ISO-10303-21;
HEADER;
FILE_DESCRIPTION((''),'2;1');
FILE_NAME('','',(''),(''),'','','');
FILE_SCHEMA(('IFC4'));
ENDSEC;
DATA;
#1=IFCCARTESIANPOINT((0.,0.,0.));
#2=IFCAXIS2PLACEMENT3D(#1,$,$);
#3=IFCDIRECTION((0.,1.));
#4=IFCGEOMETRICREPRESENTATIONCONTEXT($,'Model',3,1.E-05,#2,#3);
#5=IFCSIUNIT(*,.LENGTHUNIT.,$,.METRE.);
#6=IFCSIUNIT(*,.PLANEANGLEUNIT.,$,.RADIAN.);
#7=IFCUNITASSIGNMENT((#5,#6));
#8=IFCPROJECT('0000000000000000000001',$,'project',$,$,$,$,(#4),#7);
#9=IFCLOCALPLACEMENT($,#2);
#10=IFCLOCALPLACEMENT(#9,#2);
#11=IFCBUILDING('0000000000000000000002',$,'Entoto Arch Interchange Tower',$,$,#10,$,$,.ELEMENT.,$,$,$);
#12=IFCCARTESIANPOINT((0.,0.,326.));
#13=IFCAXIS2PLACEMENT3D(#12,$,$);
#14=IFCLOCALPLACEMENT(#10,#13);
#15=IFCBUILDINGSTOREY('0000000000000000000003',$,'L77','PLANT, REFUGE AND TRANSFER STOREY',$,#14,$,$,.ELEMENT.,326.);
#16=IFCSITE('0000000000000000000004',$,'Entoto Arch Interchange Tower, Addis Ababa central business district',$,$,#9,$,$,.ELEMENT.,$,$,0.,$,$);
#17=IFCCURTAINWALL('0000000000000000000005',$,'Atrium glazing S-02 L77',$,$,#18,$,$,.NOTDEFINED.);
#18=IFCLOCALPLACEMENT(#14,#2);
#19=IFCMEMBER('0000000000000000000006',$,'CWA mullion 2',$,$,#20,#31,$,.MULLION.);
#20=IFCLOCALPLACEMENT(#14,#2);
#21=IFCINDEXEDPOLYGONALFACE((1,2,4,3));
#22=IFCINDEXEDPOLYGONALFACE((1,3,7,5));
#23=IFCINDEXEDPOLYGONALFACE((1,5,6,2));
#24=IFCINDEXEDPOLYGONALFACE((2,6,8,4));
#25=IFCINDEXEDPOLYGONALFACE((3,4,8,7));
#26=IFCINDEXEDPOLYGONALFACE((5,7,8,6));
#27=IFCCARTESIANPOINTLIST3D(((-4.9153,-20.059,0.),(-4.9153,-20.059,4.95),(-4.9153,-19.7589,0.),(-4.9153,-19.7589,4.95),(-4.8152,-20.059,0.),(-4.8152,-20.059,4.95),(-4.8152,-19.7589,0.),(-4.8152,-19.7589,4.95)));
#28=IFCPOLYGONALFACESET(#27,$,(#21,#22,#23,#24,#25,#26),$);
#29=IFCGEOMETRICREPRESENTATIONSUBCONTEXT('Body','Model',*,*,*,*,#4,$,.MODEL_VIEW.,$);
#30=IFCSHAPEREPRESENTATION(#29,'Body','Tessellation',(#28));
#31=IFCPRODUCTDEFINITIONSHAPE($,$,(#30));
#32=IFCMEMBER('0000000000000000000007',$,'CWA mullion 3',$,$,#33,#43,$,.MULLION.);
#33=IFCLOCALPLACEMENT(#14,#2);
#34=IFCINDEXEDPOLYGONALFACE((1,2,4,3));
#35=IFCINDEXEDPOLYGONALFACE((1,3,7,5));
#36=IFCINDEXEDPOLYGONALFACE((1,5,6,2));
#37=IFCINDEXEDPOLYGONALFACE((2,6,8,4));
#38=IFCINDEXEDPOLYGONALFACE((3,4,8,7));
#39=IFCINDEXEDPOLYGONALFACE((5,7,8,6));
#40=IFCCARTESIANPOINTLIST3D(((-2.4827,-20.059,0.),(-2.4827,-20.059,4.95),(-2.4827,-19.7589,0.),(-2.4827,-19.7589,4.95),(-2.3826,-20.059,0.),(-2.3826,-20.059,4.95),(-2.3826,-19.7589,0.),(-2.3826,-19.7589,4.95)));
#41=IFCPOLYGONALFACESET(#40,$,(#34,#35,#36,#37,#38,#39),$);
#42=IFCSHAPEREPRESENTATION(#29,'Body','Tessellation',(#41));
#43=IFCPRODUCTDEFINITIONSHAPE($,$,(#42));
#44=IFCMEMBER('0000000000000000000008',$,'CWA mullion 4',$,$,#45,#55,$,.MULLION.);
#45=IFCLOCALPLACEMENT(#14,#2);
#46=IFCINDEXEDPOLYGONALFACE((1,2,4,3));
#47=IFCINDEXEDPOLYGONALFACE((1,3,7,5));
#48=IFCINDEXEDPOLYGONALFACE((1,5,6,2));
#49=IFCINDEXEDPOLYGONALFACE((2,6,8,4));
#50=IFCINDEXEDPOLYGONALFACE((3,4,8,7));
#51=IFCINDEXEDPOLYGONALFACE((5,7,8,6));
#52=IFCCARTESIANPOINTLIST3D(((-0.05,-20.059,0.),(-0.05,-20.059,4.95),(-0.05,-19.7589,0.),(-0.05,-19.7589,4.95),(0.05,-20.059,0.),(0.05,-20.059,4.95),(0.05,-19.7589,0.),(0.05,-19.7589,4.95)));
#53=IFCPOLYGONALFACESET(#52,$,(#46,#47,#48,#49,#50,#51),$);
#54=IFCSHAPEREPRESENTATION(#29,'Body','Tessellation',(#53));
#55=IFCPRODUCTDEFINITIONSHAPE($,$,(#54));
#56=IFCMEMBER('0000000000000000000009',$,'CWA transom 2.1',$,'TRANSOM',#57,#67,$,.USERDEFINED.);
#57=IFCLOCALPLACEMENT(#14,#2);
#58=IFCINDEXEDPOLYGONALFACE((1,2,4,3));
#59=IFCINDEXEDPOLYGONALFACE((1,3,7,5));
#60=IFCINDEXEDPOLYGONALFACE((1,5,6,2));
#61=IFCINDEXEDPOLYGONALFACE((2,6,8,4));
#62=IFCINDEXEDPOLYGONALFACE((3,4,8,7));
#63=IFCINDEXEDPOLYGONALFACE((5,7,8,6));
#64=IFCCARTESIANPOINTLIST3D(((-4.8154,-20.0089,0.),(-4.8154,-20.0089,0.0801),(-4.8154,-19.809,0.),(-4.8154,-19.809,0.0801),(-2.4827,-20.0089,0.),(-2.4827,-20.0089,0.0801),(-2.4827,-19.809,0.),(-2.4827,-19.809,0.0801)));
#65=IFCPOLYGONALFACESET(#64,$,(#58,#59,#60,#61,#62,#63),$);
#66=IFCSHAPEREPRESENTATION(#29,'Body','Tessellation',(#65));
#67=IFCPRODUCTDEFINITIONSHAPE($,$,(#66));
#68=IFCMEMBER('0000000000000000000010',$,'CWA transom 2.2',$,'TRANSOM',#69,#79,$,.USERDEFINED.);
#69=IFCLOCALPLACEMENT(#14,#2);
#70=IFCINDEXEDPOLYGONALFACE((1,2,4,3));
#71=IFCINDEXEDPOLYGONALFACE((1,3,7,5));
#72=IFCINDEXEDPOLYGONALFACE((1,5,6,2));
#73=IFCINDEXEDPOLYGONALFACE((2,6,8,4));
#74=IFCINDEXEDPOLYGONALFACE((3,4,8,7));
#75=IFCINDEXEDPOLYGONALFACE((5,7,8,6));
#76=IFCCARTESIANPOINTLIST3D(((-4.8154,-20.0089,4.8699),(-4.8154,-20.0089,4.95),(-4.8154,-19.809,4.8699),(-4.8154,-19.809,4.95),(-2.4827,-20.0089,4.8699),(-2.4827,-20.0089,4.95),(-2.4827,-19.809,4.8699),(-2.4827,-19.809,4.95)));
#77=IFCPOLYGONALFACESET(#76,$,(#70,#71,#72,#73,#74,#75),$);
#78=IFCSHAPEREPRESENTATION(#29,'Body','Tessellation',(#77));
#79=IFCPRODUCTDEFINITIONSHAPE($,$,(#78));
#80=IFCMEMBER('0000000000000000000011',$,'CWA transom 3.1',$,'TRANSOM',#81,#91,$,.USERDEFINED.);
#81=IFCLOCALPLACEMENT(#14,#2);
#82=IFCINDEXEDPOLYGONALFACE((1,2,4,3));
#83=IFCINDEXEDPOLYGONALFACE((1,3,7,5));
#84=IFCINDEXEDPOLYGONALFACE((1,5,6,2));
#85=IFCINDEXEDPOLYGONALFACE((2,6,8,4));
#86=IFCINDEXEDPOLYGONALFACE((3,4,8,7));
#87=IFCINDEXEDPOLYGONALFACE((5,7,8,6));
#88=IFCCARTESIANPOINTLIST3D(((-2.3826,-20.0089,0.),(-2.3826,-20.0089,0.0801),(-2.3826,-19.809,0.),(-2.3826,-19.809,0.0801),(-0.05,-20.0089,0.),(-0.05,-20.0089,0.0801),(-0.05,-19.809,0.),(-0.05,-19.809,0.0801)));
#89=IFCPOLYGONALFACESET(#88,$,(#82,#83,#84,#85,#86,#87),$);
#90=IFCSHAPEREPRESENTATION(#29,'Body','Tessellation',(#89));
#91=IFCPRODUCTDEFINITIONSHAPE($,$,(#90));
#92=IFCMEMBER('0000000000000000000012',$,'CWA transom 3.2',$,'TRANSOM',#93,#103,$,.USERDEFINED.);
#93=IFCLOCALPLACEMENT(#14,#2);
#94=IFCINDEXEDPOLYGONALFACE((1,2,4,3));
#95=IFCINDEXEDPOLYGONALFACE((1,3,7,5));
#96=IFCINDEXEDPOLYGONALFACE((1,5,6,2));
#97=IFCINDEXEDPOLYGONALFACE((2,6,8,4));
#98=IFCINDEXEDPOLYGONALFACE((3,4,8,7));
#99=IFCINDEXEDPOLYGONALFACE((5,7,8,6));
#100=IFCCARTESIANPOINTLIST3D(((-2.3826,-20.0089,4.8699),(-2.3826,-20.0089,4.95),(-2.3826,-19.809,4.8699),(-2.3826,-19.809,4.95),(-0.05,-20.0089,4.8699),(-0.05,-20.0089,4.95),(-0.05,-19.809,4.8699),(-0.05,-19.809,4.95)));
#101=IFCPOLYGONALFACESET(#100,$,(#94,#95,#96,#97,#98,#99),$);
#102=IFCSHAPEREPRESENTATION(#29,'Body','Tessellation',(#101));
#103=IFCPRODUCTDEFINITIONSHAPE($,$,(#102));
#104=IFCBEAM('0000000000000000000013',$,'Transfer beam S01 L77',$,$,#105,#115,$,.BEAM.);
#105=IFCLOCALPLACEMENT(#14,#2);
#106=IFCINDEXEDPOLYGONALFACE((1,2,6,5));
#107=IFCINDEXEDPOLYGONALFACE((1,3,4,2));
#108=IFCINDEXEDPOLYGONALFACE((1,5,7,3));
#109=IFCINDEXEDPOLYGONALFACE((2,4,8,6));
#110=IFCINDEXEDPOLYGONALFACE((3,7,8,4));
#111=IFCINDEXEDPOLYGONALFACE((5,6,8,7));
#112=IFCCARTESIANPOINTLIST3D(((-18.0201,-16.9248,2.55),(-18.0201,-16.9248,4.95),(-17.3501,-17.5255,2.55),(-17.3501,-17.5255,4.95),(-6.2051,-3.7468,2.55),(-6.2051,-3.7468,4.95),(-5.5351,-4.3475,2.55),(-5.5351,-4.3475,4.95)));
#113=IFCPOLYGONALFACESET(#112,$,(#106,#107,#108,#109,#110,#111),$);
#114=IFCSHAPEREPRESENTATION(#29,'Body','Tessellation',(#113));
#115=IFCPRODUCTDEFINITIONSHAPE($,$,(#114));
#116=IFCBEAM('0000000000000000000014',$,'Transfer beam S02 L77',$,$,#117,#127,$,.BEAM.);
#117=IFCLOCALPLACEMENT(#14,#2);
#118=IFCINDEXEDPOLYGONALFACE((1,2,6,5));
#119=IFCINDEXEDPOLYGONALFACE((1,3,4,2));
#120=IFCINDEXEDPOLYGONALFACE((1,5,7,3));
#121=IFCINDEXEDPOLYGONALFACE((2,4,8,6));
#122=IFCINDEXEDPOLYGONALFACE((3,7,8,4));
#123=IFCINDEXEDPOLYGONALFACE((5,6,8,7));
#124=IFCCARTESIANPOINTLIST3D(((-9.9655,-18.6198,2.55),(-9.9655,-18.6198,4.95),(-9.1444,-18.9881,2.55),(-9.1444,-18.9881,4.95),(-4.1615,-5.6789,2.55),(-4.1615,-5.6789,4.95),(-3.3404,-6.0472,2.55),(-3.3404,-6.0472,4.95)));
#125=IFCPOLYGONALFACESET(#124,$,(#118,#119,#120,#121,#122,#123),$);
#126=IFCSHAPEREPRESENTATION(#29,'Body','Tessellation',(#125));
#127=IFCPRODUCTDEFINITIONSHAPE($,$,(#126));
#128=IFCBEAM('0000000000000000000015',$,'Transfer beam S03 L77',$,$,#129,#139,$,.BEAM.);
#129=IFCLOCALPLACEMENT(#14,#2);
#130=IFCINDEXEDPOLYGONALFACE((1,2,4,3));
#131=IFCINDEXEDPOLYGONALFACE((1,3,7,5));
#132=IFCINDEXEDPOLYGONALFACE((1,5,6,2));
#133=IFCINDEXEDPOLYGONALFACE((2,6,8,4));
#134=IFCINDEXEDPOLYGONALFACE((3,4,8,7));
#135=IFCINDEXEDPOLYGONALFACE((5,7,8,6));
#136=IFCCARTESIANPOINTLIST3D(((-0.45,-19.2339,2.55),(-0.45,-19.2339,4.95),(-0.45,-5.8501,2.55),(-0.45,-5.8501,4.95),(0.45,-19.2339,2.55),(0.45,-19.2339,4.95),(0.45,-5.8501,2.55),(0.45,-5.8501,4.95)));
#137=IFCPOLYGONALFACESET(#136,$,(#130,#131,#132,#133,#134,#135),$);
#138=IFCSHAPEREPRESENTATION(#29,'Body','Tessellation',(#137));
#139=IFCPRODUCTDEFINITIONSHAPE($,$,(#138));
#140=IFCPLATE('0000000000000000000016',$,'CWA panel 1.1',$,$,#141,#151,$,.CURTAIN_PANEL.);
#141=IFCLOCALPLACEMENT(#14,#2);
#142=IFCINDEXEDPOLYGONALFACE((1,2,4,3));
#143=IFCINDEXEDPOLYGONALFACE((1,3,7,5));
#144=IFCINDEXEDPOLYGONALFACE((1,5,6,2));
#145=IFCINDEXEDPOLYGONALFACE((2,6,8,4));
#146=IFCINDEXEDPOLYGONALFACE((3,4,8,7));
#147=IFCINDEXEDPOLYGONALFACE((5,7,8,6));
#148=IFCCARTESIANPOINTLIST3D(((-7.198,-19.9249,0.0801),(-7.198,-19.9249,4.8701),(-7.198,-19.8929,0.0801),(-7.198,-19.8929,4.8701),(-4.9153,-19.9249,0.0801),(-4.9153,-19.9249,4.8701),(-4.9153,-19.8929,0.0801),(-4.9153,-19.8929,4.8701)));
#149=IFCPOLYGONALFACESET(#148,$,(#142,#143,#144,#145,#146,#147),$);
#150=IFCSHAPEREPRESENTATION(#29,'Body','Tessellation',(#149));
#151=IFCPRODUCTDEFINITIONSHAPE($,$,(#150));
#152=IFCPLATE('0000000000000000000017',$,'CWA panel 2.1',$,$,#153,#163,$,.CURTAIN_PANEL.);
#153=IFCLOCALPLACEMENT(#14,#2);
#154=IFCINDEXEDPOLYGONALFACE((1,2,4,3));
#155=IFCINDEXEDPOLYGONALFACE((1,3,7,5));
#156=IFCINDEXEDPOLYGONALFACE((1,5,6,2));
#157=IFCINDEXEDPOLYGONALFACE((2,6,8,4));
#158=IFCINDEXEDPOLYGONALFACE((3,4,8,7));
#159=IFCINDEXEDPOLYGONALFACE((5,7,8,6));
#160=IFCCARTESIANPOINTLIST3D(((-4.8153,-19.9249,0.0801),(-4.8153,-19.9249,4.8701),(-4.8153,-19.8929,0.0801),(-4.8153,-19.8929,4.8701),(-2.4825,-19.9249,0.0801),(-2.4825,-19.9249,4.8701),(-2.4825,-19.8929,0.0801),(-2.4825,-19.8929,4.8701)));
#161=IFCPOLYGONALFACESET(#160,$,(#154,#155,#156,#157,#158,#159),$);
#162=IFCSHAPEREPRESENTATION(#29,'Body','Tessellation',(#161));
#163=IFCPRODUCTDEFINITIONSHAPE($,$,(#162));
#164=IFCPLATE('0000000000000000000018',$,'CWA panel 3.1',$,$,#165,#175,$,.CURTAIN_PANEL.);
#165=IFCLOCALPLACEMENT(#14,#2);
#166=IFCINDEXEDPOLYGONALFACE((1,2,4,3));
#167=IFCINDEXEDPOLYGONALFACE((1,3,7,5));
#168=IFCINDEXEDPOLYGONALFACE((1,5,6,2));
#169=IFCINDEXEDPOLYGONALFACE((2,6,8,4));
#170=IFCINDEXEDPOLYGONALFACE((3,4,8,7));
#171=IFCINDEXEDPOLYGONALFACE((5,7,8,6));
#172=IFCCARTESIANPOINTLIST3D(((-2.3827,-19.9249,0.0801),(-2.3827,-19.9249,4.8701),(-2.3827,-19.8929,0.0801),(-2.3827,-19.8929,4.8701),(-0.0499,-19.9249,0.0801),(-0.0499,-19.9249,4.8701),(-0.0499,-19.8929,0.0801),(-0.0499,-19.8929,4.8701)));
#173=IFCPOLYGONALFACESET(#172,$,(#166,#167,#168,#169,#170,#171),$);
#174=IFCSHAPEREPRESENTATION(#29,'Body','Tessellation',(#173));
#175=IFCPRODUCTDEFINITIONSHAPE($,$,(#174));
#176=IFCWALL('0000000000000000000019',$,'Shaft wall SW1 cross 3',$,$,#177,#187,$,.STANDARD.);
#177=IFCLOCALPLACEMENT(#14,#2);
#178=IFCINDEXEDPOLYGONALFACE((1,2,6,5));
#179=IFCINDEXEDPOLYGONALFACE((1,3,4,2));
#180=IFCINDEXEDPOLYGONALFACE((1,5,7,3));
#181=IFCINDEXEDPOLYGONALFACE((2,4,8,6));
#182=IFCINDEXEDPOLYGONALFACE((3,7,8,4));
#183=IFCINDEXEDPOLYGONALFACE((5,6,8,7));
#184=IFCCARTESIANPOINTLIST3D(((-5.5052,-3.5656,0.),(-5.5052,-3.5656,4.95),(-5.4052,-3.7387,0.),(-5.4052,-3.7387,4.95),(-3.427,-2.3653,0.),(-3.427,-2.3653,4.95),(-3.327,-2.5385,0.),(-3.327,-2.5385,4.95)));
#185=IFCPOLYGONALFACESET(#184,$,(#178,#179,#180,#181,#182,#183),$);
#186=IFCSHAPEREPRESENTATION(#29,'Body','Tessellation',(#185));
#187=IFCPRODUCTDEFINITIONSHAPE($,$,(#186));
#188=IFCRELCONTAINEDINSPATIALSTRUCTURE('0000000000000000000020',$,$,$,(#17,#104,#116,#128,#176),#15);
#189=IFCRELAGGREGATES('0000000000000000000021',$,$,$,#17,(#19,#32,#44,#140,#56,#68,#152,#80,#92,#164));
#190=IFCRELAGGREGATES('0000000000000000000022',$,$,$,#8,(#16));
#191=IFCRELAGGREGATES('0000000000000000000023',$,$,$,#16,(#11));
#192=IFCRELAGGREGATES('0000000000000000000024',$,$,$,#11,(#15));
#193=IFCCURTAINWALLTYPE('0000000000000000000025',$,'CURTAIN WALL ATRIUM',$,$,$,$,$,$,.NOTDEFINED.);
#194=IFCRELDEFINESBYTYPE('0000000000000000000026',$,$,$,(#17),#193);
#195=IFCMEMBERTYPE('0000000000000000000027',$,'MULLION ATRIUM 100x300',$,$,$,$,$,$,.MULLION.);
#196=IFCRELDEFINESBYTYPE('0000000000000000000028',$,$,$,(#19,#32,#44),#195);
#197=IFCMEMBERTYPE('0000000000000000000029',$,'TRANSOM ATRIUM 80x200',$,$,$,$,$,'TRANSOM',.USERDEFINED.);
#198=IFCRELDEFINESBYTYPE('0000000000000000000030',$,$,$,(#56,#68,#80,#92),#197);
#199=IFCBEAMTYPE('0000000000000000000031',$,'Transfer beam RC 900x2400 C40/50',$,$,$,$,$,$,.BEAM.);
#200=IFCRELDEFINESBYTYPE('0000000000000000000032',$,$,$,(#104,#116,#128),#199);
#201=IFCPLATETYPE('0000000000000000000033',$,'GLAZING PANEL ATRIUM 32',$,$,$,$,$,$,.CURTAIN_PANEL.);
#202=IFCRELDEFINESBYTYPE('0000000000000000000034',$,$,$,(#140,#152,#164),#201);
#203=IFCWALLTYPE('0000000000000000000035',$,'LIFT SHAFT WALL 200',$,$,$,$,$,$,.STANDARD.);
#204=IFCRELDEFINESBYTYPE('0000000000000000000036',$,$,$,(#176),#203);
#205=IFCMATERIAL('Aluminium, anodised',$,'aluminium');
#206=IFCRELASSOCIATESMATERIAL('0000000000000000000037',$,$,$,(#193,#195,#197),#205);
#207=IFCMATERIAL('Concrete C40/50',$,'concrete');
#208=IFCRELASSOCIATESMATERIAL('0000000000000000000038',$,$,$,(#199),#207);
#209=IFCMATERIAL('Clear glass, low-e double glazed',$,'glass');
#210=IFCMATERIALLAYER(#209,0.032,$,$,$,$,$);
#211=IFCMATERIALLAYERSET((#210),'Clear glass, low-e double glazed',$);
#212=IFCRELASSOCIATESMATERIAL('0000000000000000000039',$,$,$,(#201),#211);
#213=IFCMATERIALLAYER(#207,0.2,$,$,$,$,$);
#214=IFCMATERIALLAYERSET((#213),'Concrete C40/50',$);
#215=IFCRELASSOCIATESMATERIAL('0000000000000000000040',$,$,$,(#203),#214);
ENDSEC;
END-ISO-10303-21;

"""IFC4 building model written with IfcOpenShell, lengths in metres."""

from ifc_helpers import new_model, si_unit, direction, frame, frame_2d, origin, origin_2d, place, context, subcontext, project, spatial, rectangle, extrude, material, layer, layer_set, material_profile, profile_set, type_object, element, aggregate, save


model = new_model("IFC4")

# Units and contexts
model_context = context("Model", 3, precision=1e-05, world=origin(), true_north=direction((0.0, 1.0)))
body_context = subcontext(model_context, "Body", "Model", "MODEL_VIEW")
ifc_project = project(units=[si_unit("LENGTHUNIT", "METRE"), si_unit("PLANEANGLEUNIT", "RADIAN")], contexts=[model_context])

# Site, building, storey
site_placement = place(None, origin())
site = spatial("IfcSite", under=ifc_project, at=site_placement, Name="Entoto Arch Interchange Tower, Addis Ababa central business district", CompositionType="ELEMENT", RefElevation=0.0)
building_placement = place(site_placement, origin())
building = spatial("IfcBuilding", under=site, at=building_placement, Name="Entoto Arch Interchange Tower", CompositionType="ELEMENT")
storey_placement = place(building_placement, frame((0.0, 0.0, 326.0)))
storey = spatial("IfcBuildingStorey", under=building, at=storey_placement, Name="L77", Description="PLANT, REFUGE AND TRANSFER STOREY", CompositionType="ELEMENT", Elevation=326.0)

# Curtain wall, members
ifc_material_1 = material(Name="Aluminium, anodised", Category="aluminium")
curtain_wall_type = type_object("IfcCurtainWallType", Name="CURTAIN WALL ATRIUM", PredefinedType="NOTDEFINED", material=ifc_material_1)
curtain_wall_placement = place(storey_placement, origin())
curtain_wall = element("IfcCurtainWall", 1, at=curtain_wall_placement, inside=storey, type_object=curtain_wall_type, Name="Atrium glazing S-02 L77", PredefinedType="NOTDEFINED")
ifc_material_profile_1 = material_profile(ifc_material_1, rectangle(XDim=0.3, YDim=0.1001, at=origin_2d()))
ifc_profile_set_1 = profile_set([ifc_material_profile_1], Name="Aluminium, anodised")
member_type_1 = type_object("IfcMemberType", Name="MULLION ATRIUM 100x300", PredefinedType="MULLION", material=ifc_profile_set_1)
member_1_placement = place(storey_placement, frame((-4.8652, -19.9089, 0.0), z_axis=(0.0, 0.0, 1.0), x_axis=(0.0, 1.0, 0.0)))
member_1 = element("IfcMember", 2, at=member_1_placement, type_object=member_type_1, Name="CWA mullion 2", PredefinedType="MULLION", context=body_context, shape_type="SweptSolid", body=[
    extrude(rectangle(XDim=0.3, YDim=0.1001, at=origin_2d()), origin(), (0.0, 0.0, 1.0), 4.95),
])
member_2_placement = place(storey_placement, frame((-2.4326, -19.9089, 0.0), z_axis=(0.0, 0.0, 1.0), x_axis=(0.0, 1.0, 0.0)))
member_2 = element("IfcMember", 3, at=member_2_placement, type_object=member_type_1, Name="CWA mullion 3", PredefinedType="MULLION", context=body_context, shape_type="SweptSolid", body=[
    extrude(rectangle(XDim=0.3, YDim=0.1001, at=origin_2d()), origin(), (0.0, 0.0, 1.0), 4.95),
])
member_3_placement = place(storey_placement, frame((0.0, -19.9089, 0.0), z_axis=(0.0, 0.0, 1.0), x_axis=(0.0, 1.0, 0.0)))
member_3 = element("IfcMember", 4, at=member_3_placement, type_object=member_type_1, Name="CWA mullion 4", PredefinedType="MULLION", context=body_context, shape_type="SweptSolid", body=[
    extrude(rectangle(XDim=0.3, YDim=0.1001, at=origin_2d()), origin(), (0.0, 0.0, 1.0), 4.95),
])
ifc_material_profile_2 = material_profile(ifc_material_1, rectangle(XDim=0.2, YDim=0.0801, at=origin_2d()))
ifc_profile_set_2 = profile_set([ifc_material_profile_2], Name="Aluminium, anodised")
member_type_2 = type_object("IfcMemberType", Name="TRANSOM ATRIUM 80x200", ElementType="TRANSOM", PredefinedType="USERDEFINED", material=ifc_profile_set_2)
member_4_placement = place(storey_placement, frame((-4.8154, -19.9089, 0.04), z_axis=(1.0, 0.0, 0.0), x_axis=(0.0, 1.0, 0.0)))
member_4 = element("IfcMember", 5, at=member_4_placement, type_object=member_type_2, Name="CWA transom 2.1", ObjectType="TRANSOM", PredefinedType="USERDEFINED", context=body_context, shape_type="SweptSolid", body=[
    extrude(rectangle(XDim=0.2, YDim=0.0801, at=origin_2d()), origin(), (0.0, 0.0, 1.0), 2.3328),
])
member_5_placement = place(storey_placement, frame((-4.8154, -19.9089, 4.9099), z_axis=(1.0, 0.0, 0.0), x_axis=(0.0, 1.0, 0.0)))
member_5 = element("IfcMember", 6, at=member_5_placement, type_object=member_type_2, Name="CWA transom 2.2", ObjectType="TRANSOM", PredefinedType="USERDEFINED", context=body_context, shape_type="SweptSolid", body=[
    extrude(rectangle(XDim=0.2, YDim=0.0801, at=origin_2d()), origin(), (0.0, 0.0, 1.0), 2.3328),
])
member_6_placement = place(storey_placement, frame((-2.3826, -19.9089, 0.04), z_axis=(1.0, 0.0, 0.0), x_axis=(0.0, 1.0, 0.0)))
member_6 = element("IfcMember", 7, at=member_6_placement, type_object=member_type_2, Name="CWA transom 3.1", ObjectType="TRANSOM", PredefinedType="USERDEFINED", context=body_context, shape_type="SweptSolid", body=[
    extrude(rectangle(XDim=0.2, YDim=0.0801, at=origin_2d()), origin(), (0.0, 0.0, 1.0), 2.3325),
])
member_7_placement = place(storey_placement, frame((-2.3826, -19.9089, 4.9099), z_axis=(1.0, 0.0, 0.0), x_axis=(0.0, 1.0, 0.0)))
member_7 = element("IfcMember", 8, at=member_7_placement, type_object=member_type_2, Name="CWA transom 3.2", ObjectType="TRANSOM", PredefinedType="USERDEFINED", context=body_context, shape_type="SweptSolid", body=[
    extrude(rectangle(XDim=0.2, YDim=0.0801, at=origin_2d()), origin(), (0.0, 0.0, 1.0), 2.3325),
])

# Beams
ifc_material_2 = material(Name="Concrete C40/50", Category="concrete")
ifc_material_profile_3 = material_profile(ifc_material_2, rectangle(XDim=0.8999, YDim=2.3999, at=origin_2d()))
ifc_profile_set_3 = profile_set([ifc_material_profile_3], Name="Concrete C40/50")
beam_type = type_object("IfcBeamType", Name="Transfer beam RC 900x2400 C40/50", PredefinedType="BEAM", material=ifc_profile_set_3)
beam_1_placement = place(storey_placement, frame((-5.8701, -4.0471, 3.75), z_axis=(-0.667551, -0.744564, 0.0), x_axis=(0.744564, -0.667551, 0.0)))
element("IfcBeam", 9, at=beam_1_placement, inside=storey, type_object=beam_type, Name="Transfer beam S01 L77", PredefinedType="BEAM", context=body_context, shape_type="SweptSolid", body=[
    extrude(rectangle(XDim=0.8999, YDim=2.3999, at=origin_2d()), origin(), (0.0, 0.0, 1.0), 17.699),
])
beam_2_placement = place(storey_placement, frame((-3.751, -5.863, 3.75), z_axis=(-0.409223, -0.912434, 0.0), x_axis=(0.912434, -0.409223, 0.0)))
element("IfcBeam", 10, at=beam_2_placement, inside=storey, type_object=beam_type, Name="Transfer beam S02 L77", PredefinedType="BEAM", context=body_context, shape_type="SweptSolid", body=[
    extrude(rectangle(XDim=0.8999, YDim=2.3999, at=origin_2d()), origin(), (0.0, 0.0, 1.0), 14.1829),
])
beam_3_placement = place(storey_placement, frame((0.0, -5.8501, 3.75), z_axis=(0.0, -1.0, 0.0), x_axis=(1.0, 0.0, 0.0)))
element("IfcBeam", 11, at=beam_3_placement, inside=storey, type_object=beam_type, Name="Transfer beam S03 L77", PredefinedType="BEAM", context=body_context, shape_type="SweptSolid", body=[
    extrude(rectangle(XDim=0.8999, YDim=2.3999, at=origin_2d()), origin(), (0.0, 0.0, 1.0), 13.3838),
])

# Plates
ifc_material_3 = material(Name="Clear glass, low-e double glazed", Category="glass")
ifc_layer_1 = layer(ifc_material_3, 0.032)
ifc_layer_set_1 = layer_set([ifc_layer_1], Name="Clear glass, low-e double glazed")
plate_type = type_object("IfcPlateType", Name="GLAZING PANEL ATRIUM 32", PredefinedType="CURTAIN_PANEL", material=ifc_layer_set_1)
plate_1_placement = place(storey_placement, frame((-6.0566, -19.9089, 0.0801), z_axis=(0.0, 0.0, 1.0), x_axis=(1.0, 0.0, 0.0)))
plate_1 = element("IfcPlate", 12, at=plate_1_placement, type_object=plate_type, Name="CWA panel 1.1", PredefinedType="CURTAIN_PANEL", context=body_context, shape_type="SweptSolid", body=[
    extrude(rectangle(XDim=2.2827, YDim=0.032, at=origin_2d()), origin(), (0.0, 0.0, 1.0), 4.79),
])
plate_2_placement = place(storey_placement, frame((-3.6489, -19.9089, 0.0801), z_axis=(0.0, 0.0, 1.0), x_axis=(1.0, 0.0, 0.0)))
plate_2 = element("IfcPlate", 13, at=plate_2_placement, type_object=plate_type, Name="CWA panel 2.1", PredefinedType="CURTAIN_PANEL", context=body_context, shape_type="SweptSolid", body=[
    extrude(rectangle(XDim=2.3328, YDim=0.032, at=origin_2d()), origin(), (0.0, 0.0, 1.0), 4.79),
])
plate_3_placement = place(storey_placement, frame((-1.2163, -19.9089, 0.0801), z_axis=(0.0, 0.0, 1.0), x_axis=(1.0, 0.0, 0.0)))
plate_3 = element("IfcPlate", 14, at=plate_3_placement, type_object=plate_type, Name="CWA panel 3.1", PredefinedType="CURTAIN_PANEL", context=body_context, shape_type="SweptSolid", body=[
    extrude(rectangle(XDim=2.3328, YDim=0.032, at=origin_2d()), origin(), (0.0, 0.0, 1.0), 4.79),
])
aggregate(curtain_wall, [member_1, member_2, member_3, plate_1, member_4, member_5, plate_2, member_6, member_7, plate_3])

# Wall
ifc_layer_2 = layer(ifc_material_2, 0.2)
ifc_layer_set_2 = layer_set([ifc_layer_2], Name="Concrete C40/50")
wall_type_1 = type_object("IfcWallType", Name="LIFT SHAFT WALL 200", PredefinedType="STANDARD", material=ifc_layer_set_2)
wall_1_placement = place(storey_placement, frame((-3.377, -2.4519, 0.0), z_axis=(0.0, 0.0, 1.0), x_axis=(-0.865955, -0.500122, 0.0)))
element("IfcWall", 15, at=wall_1_placement, inside=storey, type_object=wall_type_1, Name="Shaft wall SW1 cross 3", PredefinedType="STANDARD", context=body_context, shape_type="SweptSolid", body=[
    extrude(rectangle(XDim=2.3999, YDim=0.2, at=frame_2d((1.2, 0.0))), origin(), (0.0, 0.0, 1.0), 4.95),
])

save(model, "model.ifc")
